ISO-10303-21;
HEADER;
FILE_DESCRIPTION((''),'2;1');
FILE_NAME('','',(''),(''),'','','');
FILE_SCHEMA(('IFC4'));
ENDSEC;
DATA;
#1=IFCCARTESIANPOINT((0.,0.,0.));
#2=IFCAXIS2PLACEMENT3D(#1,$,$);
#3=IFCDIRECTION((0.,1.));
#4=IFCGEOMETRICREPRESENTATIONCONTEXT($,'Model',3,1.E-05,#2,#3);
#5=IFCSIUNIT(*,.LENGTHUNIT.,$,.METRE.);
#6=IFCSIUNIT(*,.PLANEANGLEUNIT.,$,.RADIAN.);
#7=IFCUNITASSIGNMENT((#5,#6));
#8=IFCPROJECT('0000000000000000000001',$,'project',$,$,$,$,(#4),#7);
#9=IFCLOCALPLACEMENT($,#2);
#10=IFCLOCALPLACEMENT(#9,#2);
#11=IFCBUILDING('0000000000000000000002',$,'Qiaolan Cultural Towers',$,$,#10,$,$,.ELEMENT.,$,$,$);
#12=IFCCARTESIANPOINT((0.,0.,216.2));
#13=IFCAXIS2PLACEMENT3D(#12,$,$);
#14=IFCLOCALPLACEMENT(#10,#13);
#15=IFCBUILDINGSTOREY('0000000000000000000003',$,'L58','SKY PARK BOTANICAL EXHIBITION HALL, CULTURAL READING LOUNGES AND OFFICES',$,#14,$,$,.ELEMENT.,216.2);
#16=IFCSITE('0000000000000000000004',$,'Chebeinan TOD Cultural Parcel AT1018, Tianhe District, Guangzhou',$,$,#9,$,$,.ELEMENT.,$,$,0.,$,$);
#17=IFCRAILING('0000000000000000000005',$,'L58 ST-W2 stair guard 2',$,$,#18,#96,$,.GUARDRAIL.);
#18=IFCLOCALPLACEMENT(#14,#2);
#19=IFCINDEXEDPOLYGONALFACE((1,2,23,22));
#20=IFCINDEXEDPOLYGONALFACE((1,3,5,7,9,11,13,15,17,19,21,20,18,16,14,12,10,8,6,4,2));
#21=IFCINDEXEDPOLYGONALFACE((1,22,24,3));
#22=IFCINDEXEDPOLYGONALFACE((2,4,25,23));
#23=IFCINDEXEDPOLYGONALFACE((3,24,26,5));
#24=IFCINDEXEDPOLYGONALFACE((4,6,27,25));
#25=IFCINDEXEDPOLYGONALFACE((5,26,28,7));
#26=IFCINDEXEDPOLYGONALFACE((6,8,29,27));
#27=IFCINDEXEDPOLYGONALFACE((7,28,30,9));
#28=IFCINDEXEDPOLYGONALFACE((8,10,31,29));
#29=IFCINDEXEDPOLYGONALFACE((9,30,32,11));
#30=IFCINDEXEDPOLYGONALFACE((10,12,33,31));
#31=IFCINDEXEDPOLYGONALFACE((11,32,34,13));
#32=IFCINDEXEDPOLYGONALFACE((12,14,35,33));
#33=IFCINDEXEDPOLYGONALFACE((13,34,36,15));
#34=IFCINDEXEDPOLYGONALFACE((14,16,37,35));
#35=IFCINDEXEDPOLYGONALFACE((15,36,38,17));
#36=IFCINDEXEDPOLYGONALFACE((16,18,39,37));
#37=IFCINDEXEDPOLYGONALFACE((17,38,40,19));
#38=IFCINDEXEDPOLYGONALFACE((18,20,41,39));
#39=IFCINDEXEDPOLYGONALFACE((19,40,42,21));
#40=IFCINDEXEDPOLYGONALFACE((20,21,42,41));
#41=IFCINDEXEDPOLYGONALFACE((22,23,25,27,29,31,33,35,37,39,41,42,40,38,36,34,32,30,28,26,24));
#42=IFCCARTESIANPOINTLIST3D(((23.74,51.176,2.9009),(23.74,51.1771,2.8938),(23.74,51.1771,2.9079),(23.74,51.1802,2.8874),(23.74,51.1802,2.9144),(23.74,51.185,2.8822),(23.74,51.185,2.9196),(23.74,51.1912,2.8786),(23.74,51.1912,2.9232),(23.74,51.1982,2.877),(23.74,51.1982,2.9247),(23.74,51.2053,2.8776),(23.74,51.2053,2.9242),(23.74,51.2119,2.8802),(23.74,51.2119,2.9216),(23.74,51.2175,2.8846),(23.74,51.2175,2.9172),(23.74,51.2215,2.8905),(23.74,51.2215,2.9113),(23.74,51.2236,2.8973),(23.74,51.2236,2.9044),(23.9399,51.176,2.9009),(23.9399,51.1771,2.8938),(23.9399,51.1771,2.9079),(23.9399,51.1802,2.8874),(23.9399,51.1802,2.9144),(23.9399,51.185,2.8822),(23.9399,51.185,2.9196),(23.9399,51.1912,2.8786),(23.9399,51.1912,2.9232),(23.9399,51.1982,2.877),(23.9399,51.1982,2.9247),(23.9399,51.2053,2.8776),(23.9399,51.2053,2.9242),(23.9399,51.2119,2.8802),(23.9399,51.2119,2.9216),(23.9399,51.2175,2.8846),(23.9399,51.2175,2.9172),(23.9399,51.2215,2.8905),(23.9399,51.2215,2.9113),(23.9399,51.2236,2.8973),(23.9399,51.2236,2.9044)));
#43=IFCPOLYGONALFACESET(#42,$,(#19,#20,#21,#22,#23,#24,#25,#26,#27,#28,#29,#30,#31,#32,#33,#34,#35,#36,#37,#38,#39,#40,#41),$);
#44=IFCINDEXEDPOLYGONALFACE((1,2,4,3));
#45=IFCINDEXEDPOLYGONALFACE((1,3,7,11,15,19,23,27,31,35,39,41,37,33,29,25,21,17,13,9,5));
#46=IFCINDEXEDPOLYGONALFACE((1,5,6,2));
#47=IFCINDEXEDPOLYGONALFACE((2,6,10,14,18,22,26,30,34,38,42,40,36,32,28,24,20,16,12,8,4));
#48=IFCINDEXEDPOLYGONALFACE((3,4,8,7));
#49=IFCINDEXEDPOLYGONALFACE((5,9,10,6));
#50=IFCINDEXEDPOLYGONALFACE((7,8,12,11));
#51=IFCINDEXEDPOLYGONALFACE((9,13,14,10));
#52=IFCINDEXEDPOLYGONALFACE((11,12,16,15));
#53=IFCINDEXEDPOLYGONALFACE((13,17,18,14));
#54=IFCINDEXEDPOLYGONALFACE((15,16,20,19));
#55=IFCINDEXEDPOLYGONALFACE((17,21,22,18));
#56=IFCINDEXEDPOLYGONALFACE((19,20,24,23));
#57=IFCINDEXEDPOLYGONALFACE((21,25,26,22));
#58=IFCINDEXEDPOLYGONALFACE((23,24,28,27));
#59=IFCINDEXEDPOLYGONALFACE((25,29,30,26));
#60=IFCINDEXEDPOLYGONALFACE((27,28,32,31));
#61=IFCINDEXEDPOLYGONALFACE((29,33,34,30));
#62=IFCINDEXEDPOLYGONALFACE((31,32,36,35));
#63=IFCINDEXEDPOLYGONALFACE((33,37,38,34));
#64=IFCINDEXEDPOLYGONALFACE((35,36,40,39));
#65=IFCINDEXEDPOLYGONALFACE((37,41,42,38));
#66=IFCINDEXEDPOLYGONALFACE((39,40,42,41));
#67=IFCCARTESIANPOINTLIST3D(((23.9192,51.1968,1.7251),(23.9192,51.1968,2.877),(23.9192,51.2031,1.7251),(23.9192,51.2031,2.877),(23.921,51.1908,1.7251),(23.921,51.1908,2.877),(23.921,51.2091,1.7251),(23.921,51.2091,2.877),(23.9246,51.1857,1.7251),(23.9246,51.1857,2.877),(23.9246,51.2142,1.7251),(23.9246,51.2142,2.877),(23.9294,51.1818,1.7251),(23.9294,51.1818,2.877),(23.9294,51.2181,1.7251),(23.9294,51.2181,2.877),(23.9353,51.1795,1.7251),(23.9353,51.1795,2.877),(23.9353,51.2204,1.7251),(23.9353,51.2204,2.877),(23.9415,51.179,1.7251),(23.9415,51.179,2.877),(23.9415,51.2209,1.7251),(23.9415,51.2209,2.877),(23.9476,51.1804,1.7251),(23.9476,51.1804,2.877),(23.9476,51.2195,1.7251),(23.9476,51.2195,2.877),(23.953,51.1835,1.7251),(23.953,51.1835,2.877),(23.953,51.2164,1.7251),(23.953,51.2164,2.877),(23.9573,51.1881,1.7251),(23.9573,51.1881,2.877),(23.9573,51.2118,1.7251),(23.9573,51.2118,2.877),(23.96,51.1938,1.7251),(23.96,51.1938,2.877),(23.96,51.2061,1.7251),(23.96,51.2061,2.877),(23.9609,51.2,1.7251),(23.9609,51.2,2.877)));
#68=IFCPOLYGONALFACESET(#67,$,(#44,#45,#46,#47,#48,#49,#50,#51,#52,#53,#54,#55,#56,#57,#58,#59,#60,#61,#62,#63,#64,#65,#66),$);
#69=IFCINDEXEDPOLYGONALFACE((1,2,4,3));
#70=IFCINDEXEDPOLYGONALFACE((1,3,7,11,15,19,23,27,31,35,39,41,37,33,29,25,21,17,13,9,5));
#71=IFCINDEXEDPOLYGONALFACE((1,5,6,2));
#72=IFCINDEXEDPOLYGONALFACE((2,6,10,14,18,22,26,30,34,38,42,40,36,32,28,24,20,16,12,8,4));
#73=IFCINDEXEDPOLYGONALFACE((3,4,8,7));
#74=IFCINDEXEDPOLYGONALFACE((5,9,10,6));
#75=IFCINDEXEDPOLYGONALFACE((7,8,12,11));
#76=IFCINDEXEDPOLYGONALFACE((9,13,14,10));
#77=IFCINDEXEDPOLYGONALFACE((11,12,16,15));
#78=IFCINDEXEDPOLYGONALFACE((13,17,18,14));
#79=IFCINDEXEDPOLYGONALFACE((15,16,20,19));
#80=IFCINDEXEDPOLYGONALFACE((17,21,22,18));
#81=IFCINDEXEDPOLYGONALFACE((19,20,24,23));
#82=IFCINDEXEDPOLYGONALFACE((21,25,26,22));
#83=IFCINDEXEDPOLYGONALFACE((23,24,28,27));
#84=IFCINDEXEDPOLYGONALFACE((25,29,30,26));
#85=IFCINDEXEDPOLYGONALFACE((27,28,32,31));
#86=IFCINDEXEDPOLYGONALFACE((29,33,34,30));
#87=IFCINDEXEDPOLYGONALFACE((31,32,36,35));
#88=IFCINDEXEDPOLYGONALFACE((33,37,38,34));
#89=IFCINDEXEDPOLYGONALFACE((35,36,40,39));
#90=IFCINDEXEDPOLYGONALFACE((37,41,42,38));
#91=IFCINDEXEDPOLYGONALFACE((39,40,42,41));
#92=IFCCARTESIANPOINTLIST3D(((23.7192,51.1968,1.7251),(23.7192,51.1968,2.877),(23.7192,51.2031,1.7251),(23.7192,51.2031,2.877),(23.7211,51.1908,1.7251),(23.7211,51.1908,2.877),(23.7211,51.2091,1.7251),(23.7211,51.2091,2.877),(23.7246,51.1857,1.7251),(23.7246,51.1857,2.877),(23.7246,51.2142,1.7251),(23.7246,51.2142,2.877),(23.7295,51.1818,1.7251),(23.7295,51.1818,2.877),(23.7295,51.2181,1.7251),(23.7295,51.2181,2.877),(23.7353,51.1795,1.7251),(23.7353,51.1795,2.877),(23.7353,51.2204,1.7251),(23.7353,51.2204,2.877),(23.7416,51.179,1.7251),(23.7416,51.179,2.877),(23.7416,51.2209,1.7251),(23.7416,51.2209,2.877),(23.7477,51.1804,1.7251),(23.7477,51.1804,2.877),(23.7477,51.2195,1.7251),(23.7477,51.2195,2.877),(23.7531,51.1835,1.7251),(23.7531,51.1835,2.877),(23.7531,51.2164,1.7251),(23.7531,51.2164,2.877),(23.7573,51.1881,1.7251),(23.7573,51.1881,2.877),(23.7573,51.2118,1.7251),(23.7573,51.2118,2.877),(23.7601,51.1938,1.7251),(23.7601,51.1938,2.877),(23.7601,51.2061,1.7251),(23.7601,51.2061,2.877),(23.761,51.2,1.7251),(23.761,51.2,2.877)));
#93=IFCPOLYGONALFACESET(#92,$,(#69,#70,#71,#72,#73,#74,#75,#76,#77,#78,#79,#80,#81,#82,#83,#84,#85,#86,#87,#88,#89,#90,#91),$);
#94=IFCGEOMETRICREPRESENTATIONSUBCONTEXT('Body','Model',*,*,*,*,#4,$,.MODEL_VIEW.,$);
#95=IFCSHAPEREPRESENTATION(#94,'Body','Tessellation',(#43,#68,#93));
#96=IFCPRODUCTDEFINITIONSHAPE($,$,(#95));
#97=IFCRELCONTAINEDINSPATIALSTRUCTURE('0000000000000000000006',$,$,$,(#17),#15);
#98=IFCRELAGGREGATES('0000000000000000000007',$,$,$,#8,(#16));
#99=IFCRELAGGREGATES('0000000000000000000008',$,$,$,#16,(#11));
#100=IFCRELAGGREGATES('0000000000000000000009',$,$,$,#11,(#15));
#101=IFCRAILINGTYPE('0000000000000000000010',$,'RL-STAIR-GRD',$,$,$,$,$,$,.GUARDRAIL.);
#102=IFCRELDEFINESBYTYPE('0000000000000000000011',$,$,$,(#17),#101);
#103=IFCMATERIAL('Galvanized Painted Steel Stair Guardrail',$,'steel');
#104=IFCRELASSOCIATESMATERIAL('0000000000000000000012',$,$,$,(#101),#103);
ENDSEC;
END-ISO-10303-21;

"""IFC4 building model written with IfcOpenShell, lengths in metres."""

from ifc_helpers import new_model, si_unit, direction, frame, origin, origin_2d, place, context, subcontext, project, spatial, circle, extrude, material, type_object, element, save


model = new_model("IFC4")

# Units and contexts
model_context = context("Model", 3, precision=1e-05, world=origin(), true_north=direction((0.0, 1.0)))
body_context = subcontext(model_context, "Body", "Model", "MODEL_VIEW")
ifc_project = project(units=[si_unit("LENGTHUNIT", "METRE"), si_unit("PLANEANGLEUNIT", "RADIAN")], contexts=[model_context])

# Site, building, storey
site_placement = place(None, origin())
site = spatial("IfcSite", under=ifc_project, at=site_placement, Name="Chebeinan TOD Cultural Parcel AT1018, Tianhe District, Guangzhou", CompositionType="ELEMENT", RefElevation=0.0)
building_placement = place(site_placement, origin())
building = spatial("IfcBuilding", under=site, at=building_placement, Name="Qiaolan Cultural Towers", CompositionType="ELEMENT")
storey_placement = place(building_placement, frame((0.0, 0.0, 216.2)))
storey = spatial("IfcBuildingStorey", under=building, at=storey_placement, Name="L58", Description="SKY PARK BOTANICAL EXHIBITION HALL, CULTURAL READING LOUNGES AND OFFICES", CompositionType="ELEMENT", Elevation=216.2)

# Railing
ifc_material_1 = material(Name="Galvanized Painted Steel Stair Guardrail", Category="steel")
railing_type_1 = type_object("IfcRailingType", Name="RL-STAIR-GRD", PredefinedType="GUARDRAIL", material=ifc_material_1)
railing_1_placement = place(storey_placement, frame((23.9399, 51.2, 1.7251)))
element("IfcRailing", 1, at=railing_1_placement, inside=storey, type_object=railing_type_1, Name="L58 ST-W2 stair guard 2", PredefinedType="GUARDRAIL", context=body_context, shape_type="SweptSolid", body=[
    extrude(circle(Radius=0.0239, at=origin_2d()), frame((0.0, 0.0, 1.1758), z_axis=(-1.0, 0.0, 0.0), x_axis=(0.0, -1.0, 0.0)), (0.0, 0.0, 1.0), 0.2),
    extrude(circle(Radius=0.021, at=origin_2d()), origin(), (0.0, 0.0, 1.0), 1.1519),
    extrude(circle(Radius=0.021, at=origin_2d()), frame((-0.2, 0.0, 0.0)), (0.0, 0.0, 1.0), 1.1519),
])

save(model, "model.ifc")
